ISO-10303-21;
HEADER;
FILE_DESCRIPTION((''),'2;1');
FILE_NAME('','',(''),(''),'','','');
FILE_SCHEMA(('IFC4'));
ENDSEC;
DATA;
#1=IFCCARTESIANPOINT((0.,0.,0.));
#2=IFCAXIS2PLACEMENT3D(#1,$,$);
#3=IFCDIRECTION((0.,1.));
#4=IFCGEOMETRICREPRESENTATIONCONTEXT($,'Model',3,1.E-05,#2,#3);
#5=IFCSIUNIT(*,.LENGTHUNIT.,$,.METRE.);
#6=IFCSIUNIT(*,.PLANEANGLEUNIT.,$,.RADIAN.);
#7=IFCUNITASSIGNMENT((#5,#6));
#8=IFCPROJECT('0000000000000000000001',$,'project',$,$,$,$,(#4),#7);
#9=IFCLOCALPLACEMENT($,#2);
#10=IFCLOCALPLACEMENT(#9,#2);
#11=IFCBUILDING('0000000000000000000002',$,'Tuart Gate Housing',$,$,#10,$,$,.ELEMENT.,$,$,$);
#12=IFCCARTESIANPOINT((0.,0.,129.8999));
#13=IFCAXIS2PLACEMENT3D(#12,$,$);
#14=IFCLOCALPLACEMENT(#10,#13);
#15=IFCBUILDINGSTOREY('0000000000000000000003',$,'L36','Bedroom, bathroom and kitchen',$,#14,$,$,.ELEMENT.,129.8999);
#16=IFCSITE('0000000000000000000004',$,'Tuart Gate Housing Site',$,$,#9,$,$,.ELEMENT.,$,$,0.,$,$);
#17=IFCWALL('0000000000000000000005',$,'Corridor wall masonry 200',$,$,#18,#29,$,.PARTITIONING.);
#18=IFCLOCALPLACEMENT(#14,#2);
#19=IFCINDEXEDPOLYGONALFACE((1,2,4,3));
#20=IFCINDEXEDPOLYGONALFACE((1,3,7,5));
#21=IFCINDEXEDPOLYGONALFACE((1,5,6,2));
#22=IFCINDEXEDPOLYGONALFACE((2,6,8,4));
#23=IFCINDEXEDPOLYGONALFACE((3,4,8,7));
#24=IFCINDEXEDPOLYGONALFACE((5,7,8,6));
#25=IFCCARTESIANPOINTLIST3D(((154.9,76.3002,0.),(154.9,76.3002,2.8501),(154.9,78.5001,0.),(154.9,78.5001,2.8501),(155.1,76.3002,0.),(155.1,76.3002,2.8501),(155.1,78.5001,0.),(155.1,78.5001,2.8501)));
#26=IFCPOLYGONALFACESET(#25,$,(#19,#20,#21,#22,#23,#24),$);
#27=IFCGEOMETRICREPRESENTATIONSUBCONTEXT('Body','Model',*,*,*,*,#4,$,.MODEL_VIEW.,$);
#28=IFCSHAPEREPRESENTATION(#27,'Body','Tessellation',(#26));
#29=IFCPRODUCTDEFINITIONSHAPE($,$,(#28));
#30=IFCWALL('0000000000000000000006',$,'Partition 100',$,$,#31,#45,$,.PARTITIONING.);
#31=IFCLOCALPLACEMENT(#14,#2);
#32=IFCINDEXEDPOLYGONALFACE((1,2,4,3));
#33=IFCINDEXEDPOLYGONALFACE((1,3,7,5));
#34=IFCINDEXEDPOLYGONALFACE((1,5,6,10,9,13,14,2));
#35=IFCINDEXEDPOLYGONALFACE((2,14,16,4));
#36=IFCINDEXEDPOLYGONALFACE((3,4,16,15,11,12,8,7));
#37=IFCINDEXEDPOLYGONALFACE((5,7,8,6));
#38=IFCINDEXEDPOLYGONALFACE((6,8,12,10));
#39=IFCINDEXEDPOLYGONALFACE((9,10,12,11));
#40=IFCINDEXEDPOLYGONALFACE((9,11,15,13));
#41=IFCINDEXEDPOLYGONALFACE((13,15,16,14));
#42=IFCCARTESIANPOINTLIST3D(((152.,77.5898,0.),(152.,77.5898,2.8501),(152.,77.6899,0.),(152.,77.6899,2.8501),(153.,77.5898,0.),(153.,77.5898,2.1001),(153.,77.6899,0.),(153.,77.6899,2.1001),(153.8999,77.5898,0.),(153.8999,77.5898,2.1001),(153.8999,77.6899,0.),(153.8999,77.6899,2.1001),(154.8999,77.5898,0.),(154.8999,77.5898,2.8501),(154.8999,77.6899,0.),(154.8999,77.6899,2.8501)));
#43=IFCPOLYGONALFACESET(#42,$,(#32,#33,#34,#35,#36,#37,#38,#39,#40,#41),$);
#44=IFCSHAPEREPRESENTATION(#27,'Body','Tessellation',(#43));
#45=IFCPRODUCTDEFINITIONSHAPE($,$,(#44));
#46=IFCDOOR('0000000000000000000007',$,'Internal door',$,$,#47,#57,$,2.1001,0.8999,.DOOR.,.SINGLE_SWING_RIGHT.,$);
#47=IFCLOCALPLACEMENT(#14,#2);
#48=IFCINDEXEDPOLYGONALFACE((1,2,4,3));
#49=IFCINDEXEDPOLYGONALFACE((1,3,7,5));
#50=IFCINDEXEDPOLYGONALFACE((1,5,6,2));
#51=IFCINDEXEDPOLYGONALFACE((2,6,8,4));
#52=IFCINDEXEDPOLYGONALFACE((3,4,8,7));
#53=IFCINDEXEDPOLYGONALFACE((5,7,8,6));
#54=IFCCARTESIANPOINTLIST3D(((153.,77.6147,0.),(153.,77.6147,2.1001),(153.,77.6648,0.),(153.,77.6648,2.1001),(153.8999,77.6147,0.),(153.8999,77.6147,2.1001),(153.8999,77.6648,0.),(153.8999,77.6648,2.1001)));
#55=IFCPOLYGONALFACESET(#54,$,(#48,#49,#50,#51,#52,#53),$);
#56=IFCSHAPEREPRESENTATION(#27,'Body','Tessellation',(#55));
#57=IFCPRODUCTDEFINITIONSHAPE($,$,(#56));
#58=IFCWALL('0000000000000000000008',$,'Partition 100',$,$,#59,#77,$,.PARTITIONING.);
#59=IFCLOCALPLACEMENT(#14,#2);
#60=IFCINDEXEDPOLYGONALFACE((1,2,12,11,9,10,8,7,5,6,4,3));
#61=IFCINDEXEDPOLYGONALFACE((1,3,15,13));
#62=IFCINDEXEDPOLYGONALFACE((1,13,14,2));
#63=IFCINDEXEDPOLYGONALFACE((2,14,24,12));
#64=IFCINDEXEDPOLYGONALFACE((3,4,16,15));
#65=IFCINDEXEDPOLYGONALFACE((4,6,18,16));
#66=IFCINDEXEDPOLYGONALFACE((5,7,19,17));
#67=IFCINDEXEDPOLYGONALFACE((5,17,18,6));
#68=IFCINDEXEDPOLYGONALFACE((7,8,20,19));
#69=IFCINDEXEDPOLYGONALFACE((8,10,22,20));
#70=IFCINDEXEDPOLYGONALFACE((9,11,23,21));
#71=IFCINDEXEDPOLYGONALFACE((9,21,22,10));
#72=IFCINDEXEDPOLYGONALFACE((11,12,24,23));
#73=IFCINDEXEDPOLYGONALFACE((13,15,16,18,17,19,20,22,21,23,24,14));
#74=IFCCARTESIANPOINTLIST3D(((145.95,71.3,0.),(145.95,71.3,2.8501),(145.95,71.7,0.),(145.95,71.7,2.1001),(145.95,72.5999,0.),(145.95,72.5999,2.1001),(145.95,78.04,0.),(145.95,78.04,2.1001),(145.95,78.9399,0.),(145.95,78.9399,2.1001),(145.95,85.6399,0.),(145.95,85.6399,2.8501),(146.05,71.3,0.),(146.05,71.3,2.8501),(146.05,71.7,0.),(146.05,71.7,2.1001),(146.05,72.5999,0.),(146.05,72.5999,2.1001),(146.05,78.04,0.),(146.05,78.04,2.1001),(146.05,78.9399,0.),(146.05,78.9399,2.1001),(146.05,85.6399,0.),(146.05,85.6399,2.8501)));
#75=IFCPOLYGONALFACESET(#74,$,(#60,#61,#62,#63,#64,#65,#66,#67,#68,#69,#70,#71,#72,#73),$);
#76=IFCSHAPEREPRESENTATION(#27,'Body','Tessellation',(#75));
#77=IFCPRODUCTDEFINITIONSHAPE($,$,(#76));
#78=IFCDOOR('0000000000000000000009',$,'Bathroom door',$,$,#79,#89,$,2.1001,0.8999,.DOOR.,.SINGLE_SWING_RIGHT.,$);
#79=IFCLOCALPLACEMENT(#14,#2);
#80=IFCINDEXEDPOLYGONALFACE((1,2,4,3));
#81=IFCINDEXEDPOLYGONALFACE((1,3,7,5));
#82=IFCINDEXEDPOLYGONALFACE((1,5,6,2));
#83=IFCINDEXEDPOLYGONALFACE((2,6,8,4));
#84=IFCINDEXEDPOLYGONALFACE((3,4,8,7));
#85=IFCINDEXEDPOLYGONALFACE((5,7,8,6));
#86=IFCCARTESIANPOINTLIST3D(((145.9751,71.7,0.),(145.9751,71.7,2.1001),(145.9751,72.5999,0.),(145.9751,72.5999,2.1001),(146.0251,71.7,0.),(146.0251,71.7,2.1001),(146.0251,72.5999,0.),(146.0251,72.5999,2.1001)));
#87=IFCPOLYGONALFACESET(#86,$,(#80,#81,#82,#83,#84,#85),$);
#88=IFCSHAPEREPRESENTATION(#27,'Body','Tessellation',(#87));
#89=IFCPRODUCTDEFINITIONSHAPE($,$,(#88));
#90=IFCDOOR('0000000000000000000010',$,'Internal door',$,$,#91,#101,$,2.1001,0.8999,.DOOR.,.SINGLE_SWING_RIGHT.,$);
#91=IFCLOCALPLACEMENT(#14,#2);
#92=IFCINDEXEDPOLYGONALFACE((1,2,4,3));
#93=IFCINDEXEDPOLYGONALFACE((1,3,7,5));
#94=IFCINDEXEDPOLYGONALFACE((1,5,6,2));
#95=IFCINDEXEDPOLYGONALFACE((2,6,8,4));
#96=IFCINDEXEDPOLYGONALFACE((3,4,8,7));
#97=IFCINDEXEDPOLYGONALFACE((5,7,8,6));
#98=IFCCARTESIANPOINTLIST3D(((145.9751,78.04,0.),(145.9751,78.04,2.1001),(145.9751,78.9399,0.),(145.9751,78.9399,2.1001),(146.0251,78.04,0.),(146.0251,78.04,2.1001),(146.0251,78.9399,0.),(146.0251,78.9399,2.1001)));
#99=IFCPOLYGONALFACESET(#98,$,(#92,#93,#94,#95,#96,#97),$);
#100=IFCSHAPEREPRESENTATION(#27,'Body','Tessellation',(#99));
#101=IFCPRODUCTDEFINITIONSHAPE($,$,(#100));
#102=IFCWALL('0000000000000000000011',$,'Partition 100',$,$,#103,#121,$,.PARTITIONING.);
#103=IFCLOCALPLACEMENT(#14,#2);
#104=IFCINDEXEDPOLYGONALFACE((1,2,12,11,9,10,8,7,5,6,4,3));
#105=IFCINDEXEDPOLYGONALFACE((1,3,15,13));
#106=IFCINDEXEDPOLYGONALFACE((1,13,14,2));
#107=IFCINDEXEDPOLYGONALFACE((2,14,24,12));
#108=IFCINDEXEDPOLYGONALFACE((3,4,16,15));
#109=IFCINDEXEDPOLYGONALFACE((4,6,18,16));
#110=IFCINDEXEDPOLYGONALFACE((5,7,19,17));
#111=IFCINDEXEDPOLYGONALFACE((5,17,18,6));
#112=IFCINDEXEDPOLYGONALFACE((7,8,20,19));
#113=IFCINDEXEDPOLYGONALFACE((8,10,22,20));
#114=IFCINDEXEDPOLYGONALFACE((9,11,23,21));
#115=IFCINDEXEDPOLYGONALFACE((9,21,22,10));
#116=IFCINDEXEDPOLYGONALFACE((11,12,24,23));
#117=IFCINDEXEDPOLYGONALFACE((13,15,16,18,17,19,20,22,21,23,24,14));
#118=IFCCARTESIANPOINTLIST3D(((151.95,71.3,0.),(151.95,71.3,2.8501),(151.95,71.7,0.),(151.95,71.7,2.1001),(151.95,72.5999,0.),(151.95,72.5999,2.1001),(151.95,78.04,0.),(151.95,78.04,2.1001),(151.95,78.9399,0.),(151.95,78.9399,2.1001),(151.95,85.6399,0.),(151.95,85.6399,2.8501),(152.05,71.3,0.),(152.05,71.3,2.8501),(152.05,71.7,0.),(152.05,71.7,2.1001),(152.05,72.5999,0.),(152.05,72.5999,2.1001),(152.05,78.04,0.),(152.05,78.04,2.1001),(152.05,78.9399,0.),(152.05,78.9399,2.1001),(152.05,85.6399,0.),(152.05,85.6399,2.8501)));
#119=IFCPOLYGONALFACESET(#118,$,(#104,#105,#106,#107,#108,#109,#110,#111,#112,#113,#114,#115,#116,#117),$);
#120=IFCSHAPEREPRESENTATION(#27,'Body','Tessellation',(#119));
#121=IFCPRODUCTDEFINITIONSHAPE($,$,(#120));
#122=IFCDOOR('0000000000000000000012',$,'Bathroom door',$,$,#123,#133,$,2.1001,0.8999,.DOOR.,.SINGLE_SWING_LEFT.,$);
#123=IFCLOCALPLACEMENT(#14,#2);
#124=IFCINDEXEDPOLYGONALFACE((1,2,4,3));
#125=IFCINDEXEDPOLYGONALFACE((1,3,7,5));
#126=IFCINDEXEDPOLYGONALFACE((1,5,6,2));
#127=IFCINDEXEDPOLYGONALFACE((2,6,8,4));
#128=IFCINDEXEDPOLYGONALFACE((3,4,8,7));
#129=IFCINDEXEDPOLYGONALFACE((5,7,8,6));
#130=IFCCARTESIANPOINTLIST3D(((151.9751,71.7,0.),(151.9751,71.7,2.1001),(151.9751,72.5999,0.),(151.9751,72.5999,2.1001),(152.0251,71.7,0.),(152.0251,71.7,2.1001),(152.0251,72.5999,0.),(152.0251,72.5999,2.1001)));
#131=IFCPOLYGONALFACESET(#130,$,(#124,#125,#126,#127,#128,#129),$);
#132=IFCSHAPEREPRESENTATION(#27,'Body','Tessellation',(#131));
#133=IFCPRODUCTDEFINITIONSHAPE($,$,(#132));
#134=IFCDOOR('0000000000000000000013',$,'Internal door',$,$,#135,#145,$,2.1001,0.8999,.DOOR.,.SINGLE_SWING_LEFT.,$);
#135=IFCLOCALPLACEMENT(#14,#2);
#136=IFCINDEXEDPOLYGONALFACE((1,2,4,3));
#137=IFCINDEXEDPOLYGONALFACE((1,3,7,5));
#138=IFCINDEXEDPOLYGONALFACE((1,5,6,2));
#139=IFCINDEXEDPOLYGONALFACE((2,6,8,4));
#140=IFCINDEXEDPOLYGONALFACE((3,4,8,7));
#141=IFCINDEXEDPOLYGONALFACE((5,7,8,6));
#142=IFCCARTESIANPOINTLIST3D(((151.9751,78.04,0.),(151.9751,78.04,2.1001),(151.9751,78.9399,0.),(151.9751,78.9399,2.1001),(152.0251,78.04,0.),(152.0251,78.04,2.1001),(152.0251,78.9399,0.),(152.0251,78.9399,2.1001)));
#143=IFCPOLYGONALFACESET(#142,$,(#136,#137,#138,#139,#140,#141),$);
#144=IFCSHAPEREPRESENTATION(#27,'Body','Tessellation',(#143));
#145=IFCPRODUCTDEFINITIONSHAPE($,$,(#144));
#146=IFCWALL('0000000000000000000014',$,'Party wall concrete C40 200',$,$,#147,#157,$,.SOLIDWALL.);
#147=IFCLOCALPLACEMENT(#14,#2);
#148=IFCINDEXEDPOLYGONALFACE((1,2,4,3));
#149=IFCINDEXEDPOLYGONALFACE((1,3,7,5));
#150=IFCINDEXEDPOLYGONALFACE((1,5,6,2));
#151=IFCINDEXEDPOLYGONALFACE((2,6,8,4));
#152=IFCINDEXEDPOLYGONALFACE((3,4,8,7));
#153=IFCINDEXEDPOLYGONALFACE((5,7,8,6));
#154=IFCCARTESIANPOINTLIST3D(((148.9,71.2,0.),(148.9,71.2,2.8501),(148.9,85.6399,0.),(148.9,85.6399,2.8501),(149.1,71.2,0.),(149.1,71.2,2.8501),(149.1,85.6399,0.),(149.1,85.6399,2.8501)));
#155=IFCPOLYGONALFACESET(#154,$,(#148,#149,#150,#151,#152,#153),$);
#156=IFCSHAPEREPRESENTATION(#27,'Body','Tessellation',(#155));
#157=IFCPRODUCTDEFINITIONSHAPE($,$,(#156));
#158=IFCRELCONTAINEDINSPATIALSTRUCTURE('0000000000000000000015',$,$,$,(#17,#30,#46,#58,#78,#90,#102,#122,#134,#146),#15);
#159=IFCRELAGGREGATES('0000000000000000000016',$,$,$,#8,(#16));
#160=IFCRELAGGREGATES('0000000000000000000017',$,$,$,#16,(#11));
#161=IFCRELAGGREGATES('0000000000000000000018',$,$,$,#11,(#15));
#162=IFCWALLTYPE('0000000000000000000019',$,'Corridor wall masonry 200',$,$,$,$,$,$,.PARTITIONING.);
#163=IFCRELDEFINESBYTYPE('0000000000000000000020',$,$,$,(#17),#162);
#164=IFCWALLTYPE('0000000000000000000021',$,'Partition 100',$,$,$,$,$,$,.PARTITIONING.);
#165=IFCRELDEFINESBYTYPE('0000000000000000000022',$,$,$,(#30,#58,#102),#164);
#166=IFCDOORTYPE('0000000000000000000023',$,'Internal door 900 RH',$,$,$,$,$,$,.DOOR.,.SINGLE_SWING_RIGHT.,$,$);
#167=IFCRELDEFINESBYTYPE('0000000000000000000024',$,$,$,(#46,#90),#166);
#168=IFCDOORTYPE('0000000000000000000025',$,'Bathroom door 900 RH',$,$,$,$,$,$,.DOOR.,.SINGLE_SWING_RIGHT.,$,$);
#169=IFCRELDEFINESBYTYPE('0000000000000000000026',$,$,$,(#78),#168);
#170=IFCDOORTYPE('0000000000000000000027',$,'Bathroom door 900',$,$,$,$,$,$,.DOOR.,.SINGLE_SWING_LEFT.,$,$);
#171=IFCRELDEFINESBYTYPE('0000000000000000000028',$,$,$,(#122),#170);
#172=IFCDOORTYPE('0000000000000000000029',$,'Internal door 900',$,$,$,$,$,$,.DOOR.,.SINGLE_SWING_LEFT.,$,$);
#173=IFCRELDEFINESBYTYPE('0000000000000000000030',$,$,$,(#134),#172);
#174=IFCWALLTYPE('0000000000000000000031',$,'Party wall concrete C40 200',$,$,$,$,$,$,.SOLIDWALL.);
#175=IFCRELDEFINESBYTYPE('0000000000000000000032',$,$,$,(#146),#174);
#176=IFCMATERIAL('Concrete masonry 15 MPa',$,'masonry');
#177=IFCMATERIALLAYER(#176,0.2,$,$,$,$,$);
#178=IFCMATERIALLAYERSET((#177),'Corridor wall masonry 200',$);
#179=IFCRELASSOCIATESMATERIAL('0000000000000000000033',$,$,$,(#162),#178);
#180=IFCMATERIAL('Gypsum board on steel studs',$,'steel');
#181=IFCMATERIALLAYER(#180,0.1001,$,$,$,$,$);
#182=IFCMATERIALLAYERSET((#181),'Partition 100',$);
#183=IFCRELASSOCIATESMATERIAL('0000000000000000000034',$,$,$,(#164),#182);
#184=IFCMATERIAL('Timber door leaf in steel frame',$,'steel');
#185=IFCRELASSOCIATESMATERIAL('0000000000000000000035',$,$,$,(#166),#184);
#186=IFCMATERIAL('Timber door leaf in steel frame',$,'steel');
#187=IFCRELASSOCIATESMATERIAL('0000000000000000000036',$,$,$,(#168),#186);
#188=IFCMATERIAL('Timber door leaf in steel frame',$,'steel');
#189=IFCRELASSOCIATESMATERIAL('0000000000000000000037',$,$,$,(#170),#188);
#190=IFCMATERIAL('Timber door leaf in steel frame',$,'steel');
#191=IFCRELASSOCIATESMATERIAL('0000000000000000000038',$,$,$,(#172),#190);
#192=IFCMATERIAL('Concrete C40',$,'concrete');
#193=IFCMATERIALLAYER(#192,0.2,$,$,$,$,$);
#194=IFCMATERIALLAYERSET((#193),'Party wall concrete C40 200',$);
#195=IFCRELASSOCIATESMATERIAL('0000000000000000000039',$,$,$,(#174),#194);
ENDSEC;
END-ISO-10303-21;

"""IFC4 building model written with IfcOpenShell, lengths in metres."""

from ifc_helpers import new_model, si_unit, direction, frame, frame_2d, origin, place, context, subcontext, project, spatial, rectangle, extrude, material, layer, layer_set, type_object, element, fill, save


model = new_model("IFC4")

# Units and contexts
model_context = context("Model", 3, precision=1e-05, world=origin(), true_north=direction((0.0, 1.0)))
body_context = subcontext(model_context, "Body", "Model", "MODEL_VIEW")
ifc_project = project(units=[si_unit("LENGTHUNIT", "METRE"), si_unit("PLANEANGLEUNIT", "RADIAN")], contexts=[model_context])

# Site, building, storey
site_placement = place(None, origin())
site = spatial("IfcSite", under=ifc_project, at=site_placement, Name="Tuart Gate Housing Site", CompositionType="ELEMENT", RefElevation=0.0)
building_placement = place(site_placement, origin())
building = spatial("IfcBuilding", under=site, at=building_placement, Name="Tuart Gate Housing", CompositionType="ELEMENT")
storey_placement = place(building_placement, frame((0.0, 0.0, 129.8999)))
storey = spatial("IfcBuildingStorey", under=building, at=storey_placement, Name="L36", Description="Bedroom, bathroom and kitchen", CompositionType="ELEMENT", Elevation=129.8999)

# Wall
ifc_material_1 = material(Name="Concrete masonry 15 MPa", Category="masonry")
ifc_layer_1 = layer(ifc_material_1, 0.2)
ifc_layer_set_1 = layer_set([ifc_layer_1], Name="Corridor wall masonry 200")
wall_type_1 = type_object("IfcWallType", Name="Corridor wall masonry 200", PredefinedType="PARTITIONING", material=ifc_layer_set_1)
wall_1_placement = place(storey_placement, frame((155.0, 76.3, 0.0), z_axis=(0.0, 0.0, 1.0), x_axis=(0.0, 1.0, 0.0)))
element("IfcWall", 1, at=wall_1_placement, inside=storey, type_object=wall_type_1, Name="Corridor wall masonry 200", PredefinedType="PARTITIONING", context=body_context, shape_type="SweptSolid", body=[
    extrude(rectangle(XDim=2.2, YDim=0.2, at=frame_2d((1.1001, 0.0))), origin(), (0.0, 0.0, 1.0), 2.8501),
])

# Wall, opening, door
ifc_material_2 = material(Name="Gypsum board on steel studs", Category="steel")
ifc_layer_2 = layer(ifc_material_2, 0.1001)
ifc_layer_set_2 = layer_set([ifc_layer_2], Name="Partition 100")
wall_type_2 = type_object("IfcWallType", Name="Partition 100", PredefinedType="PARTITIONING", material=ifc_layer_set_2)
wall_2_placement = place(storey_placement, frame((152.0, 77.6399, 0.0), z_axis=(0.0, 0.0, 1.0), x_axis=(1.0, 0.0, 0.0)))
wall_2 = element("IfcWall", 2, at=wall_2_placement, inside=storey, type_object=wall_type_2, Name="Partition 100", PredefinedType="PARTITIONING", context=body_context, shape_type="SweptSolid", body=[
    extrude(rectangle(XDim=2.8999, YDim=0.1001, at=frame_2d((1.45, 0.0))), origin(), (0.0, 0.0, 1.0), 2.8501),
])
opening_1_placement = place(wall_2_placement, frame((1.0, 0.0, 0.0)))
opening_1 = element("IfcOpeningElement", 3, at=opening_1_placement, cuts=wall_2, PredefinedType="OPENING", context=body_context, shape_type="SweptSolid", body=[
    extrude(rectangle(XDim=0.8999, YDim=2.1001, at=frame_2d((0.45, 1.05))), frame((0.0, 0.0601, 0.0), z_axis=(0.0, -1.0, 0.0), x_axis=(1.0, 0.0, 0.0)), (0.0, 0.0, 1.0), 0.1201),
])
ifc_material_3 = material(Name="Timber door leaf in steel frame", Category="steel")
door_type_1 = type_object("IfcDoorType", Name="Internal door 900 RH", OperationType="SINGLE_SWING_RIGHT", PredefinedType="DOOR", material=ifc_material_3)
door_1_placement = place(opening_1_placement, frame((0.8999, 0.0, 0.0), z_axis=(0.0, 0.0, 1.0), x_axis=(-1.0, 0.0, 0.0)))
door_1 = element("IfcDoor", 4, at=door_1_placement, inside=storey, type_object=door_type_1, Name="Internal door", OperationType="SINGLE_SWING_RIGHT", OverallHeight=2.1001, OverallWidth=0.8999, PredefinedType="DOOR", context=body_context, shape_type="SweptSolid", body=[
    extrude(rectangle(XDim=0.8999, YDim=2.1001, at=frame_2d((0.45, 1.05))), frame((0.0, 0.0251, 0.0), z_axis=(0.0, -1.0, 0.0), x_axis=(1.0, 0.0, 0.0)), (0.0, 0.0, 1.0), 0.05),
])
fill(opening_1, door_1)

# Walls, openings, doors
wall_3_placement = place(storey_placement, frame((146.0, 71.3, 0.0), z_axis=(0.0, 0.0, 1.0), x_axis=(0.0, 1.0, 0.0)))
wall_3 = element("IfcWall", 5, at=wall_3_placement, inside=storey, type_object=wall_type_2, Name="Partition 100", PredefinedType="PARTITIONING", context=body_context, shape_type="SweptSolid", body=[
    extrude(rectangle(XDim=14.3398, YDim=0.1001, at=frame_2d((7.1699, 0.0))), origin(), (0.0, 0.0, 1.0), 2.8501),
])
opening_2_placement = place(wall_3_placement, frame((6.74, 0.0, 0.0)))
opening_2 = element("IfcOpeningElement", 6, at=opening_2_placement, cuts=wall_3, PredefinedType="OPENING", context=body_context, shape_type="SweptSolid", body=[
    extrude(rectangle(XDim=0.8999, YDim=2.1001, at=frame_2d((0.45, 1.05))), frame((0.0, 0.0601, 0.0), z_axis=(0.0, -1.0, 0.0), x_axis=(1.0, 0.0, 0.0)), (0.0, 0.0, 1.0), 0.1201),
])
opening_3_placement = place(wall_3_placement, frame((0.3999, 0.0, 0.0)))
opening_3 = element("IfcOpeningElement", 7, at=opening_3_placement, cuts=wall_3, PredefinedType="OPENING", context=body_context, shape_type="SweptSolid", body=[
    extrude(rectangle(XDim=0.8999, YDim=2.1001, at=frame_2d((0.45, 1.05))), frame((0.0, 0.0601, 0.0), z_axis=(0.0, -1.0, 0.0), x_axis=(1.0, 0.0, 0.0)), (0.0, 0.0, 1.0), 0.1201),
])
ifc_material_4 = material(Name="Timber door leaf in steel frame", Category="steel")
door_type_2 = type_object("IfcDoorType", Name="Bathroom door 900 RH", OperationType="SINGLE_SWING_RIGHT", PredefinedType="DOOR", material=ifc_material_4)
door_2_placement = place(opening_3_placement, frame((0.8999, 0.0, 0.0), z_axis=(0.0, 0.0, 1.0), x_axis=(-1.0, 0.0, 0.0)))
door_2 = element("IfcDoor", 8, at=door_2_placement, inside=storey, type_object=door_type_2, Name="Bathroom door", OperationType="SINGLE_SWING_RIGHT", OverallHeight=2.1001, OverallWidth=0.8999, PredefinedType="DOOR", context=body_context, shape_type="SweptSolid", body=[
    extrude(rectangle(XDim=0.8999, YDim=2.1001, at=frame_2d((0.45, 1.05))), frame((0.0, 0.0251, 0.0), z_axis=(0.0, -1.0, 0.0), x_axis=(1.0, 0.0, 0.0)), (0.0, 0.0, 1.0), 0.05),
])
fill(opening_3, door_2)
door_3_placement = place(opening_2_placement, frame((0.8999, 0.0, 0.0), z_axis=(0.0, 0.0, 1.0), x_axis=(-1.0, 0.0, 0.0)))
door_3 = element("IfcDoor", 9, at=door_3_placement, inside=storey, type_object=door_type_1, Name="Internal door", OperationType="SINGLE_SWING_RIGHT", OverallHeight=2.1001, OverallWidth=0.8999, PredefinedType="DOOR", context=body_context, shape_type="SweptSolid", body=[
    extrude(rectangle(XDim=0.8999, YDim=2.1001, at=frame_2d((0.45, 1.05))), frame((0.0, 0.0251, 0.0), z_axis=(0.0, -1.0, 0.0), x_axis=(1.0, 0.0, 0.0)), (0.0, 0.0, 1.0), 0.05),
])
fill(opening_2, door_3)
wall_4_placement = place(storey_placement, frame((152.0, 71.3, 0.0), z_axis=(0.0, 0.0, 1.0), x_axis=(0.0, 1.0, 0.0)))
wall_4 = element("IfcWall", 10, at=wall_4_placement, inside=storey, type_object=wall_type_2, Name="Partition 100", PredefinedType="PARTITIONING", context=body_context, shape_type="SweptSolid", body=[
    extrude(rectangle(XDim=14.3398, YDim=0.1001, at=frame_2d((7.1699, 0.0))), origin(), (0.0, 0.0, 1.0), 2.8501),
])
opening_4_placement = place(wall_4_placement, frame((6.74, 0.0, 0.0)))
opening_4 = element("IfcOpeningElement", 11, at=opening_4_placement, cuts=wall_4, PredefinedType="OPENING", context=body_context, shape_type="SweptSolid", body=[
    extrude(rectangle(XDim=0.8999, YDim=2.1001, at=frame_2d((0.45, 1.05))), frame((0.0, 0.0601, 0.0), z_axis=(0.0, -1.0, 0.0), x_axis=(1.0, 0.0, 0.0)), (0.0, 0.0, 1.0), 0.1201),
])
opening_5_placement = place(wall_4_placement, frame((0.3999, 0.0, 0.0)))
opening_5 = element("IfcOpeningElement", 12, at=opening_5_placement, cuts=wall_4, PredefinedType="OPENING", context=body_context, shape_type="SweptSolid", body=[
    extrude(rectangle(XDim=0.8999, YDim=2.1001, at=frame_2d((0.45, 1.05))), frame((0.0, 0.0601, 0.0), z_axis=(0.0, -1.0, 0.0), x_axis=(1.0, 0.0, 0.0)), (0.0, 0.0, 1.0), 0.1201),
])
ifc_material_5 = material(Name="Timber door leaf in steel frame", Category="steel")
door_type_3 = type_object("IfcDoorType", Name="Bathroom door 900", OperationType="SINGLE_SWING_LEFT", PredefinedType="DOOR", material=ifc_material_5)
door_4_placement = place(opening_5_placement, origin())
door_4 = element("IfcDoor", 13, at=door_4_placement, inside=storey, type_object=door_type_3, Name="Bathroom door", OperationType="SINGLE_SWING_LEFT", OverallHeight=2.1001, OverallWidth=0.8999, PredefinedType="DOOR", context=body_context, shape_type="SweptSolid", body=[
    extrude(rectangle(XDim=0.8999, YDim=2.1001, at=frame_2d((0.45, 1.05))), frame((0.0, 0.0249, 0.0), z_axis=(0.0, -1.0, 0.0), x_axis=(1.0, 0.0, 0.0)), (0.0, 0.0, 1.0), 0.05),
])
fill(opening_5, door_4)
ifc_material_6 = material(Name="Timber door leaf in steel frame", Category="steel")
door_type_4 = type_object("IfcDoorType", Name="Internal door 900", OperationType="SINGLE_SWING_LEFT", PredefinedType="DOOR", material=ifc_material_6)
door_5_placement = place(opening_4_placement, origin())
door_5 = element("IfcDoor", 14, at=door_5_placement, inside=storey, type_object=door_type_4, Name="Internal door", OperationType="SINGLE_SWING_LEFT", OverallHeight=2.1001, OverallWidth=0.8999, PredefinedType="DOOR", context=body_context, shape_type="SweptSolid", body=[
    extrude(rectangle(XDim=0.8999, YDim=2.1001, at=frame_2d((0.45, 1.05))), frame((0.0, 0.0249, 0.0), z_axis=(0.0, -1.0, 0.0), x_axis=(1.0, 0.0, 0.0)), (0.0, 0.0, 1.0), 0.05),
])
fill(opening_4, door_5)

# Wall
ifc_material_7 = material(Name="Concrete C40", Category="concrete")
ifc_layer_3 = layer(ifc_material_7, 0.2)
ifc_layer_set_3 = layer_set([ifc_layer_3], Name="Party wall concrete C40 200")
wall_type_3 = type_object("IfcWallType", Name="Party wall concrete C40 200", PredefinedType="SOLIDWALL", material=ifc_layer_set_3)
wall_5_placement = place(storey_placement, frame((149.0, 71.2, 0.0), z_axis=(0.0, 0.0, 1.0), x_axis=(0.0, 1.0, 0.0)))
element("IfcWall", 15, at=wall_5_placement, inside=storey, type_object=wall_type_3, Name="Party wall concrete C40 200", PredefinedType="SOLIDWALL", context=body_context, shape_type="SweptSolid", body=[
    extrude(rectangle(XDim=14.4399, YDim=0.2, at=frame_2d((7.22, 0.0))), origin(), (0.0, 0.0, 1.0), 2.8501),
])

save(model, "model.ifc")
